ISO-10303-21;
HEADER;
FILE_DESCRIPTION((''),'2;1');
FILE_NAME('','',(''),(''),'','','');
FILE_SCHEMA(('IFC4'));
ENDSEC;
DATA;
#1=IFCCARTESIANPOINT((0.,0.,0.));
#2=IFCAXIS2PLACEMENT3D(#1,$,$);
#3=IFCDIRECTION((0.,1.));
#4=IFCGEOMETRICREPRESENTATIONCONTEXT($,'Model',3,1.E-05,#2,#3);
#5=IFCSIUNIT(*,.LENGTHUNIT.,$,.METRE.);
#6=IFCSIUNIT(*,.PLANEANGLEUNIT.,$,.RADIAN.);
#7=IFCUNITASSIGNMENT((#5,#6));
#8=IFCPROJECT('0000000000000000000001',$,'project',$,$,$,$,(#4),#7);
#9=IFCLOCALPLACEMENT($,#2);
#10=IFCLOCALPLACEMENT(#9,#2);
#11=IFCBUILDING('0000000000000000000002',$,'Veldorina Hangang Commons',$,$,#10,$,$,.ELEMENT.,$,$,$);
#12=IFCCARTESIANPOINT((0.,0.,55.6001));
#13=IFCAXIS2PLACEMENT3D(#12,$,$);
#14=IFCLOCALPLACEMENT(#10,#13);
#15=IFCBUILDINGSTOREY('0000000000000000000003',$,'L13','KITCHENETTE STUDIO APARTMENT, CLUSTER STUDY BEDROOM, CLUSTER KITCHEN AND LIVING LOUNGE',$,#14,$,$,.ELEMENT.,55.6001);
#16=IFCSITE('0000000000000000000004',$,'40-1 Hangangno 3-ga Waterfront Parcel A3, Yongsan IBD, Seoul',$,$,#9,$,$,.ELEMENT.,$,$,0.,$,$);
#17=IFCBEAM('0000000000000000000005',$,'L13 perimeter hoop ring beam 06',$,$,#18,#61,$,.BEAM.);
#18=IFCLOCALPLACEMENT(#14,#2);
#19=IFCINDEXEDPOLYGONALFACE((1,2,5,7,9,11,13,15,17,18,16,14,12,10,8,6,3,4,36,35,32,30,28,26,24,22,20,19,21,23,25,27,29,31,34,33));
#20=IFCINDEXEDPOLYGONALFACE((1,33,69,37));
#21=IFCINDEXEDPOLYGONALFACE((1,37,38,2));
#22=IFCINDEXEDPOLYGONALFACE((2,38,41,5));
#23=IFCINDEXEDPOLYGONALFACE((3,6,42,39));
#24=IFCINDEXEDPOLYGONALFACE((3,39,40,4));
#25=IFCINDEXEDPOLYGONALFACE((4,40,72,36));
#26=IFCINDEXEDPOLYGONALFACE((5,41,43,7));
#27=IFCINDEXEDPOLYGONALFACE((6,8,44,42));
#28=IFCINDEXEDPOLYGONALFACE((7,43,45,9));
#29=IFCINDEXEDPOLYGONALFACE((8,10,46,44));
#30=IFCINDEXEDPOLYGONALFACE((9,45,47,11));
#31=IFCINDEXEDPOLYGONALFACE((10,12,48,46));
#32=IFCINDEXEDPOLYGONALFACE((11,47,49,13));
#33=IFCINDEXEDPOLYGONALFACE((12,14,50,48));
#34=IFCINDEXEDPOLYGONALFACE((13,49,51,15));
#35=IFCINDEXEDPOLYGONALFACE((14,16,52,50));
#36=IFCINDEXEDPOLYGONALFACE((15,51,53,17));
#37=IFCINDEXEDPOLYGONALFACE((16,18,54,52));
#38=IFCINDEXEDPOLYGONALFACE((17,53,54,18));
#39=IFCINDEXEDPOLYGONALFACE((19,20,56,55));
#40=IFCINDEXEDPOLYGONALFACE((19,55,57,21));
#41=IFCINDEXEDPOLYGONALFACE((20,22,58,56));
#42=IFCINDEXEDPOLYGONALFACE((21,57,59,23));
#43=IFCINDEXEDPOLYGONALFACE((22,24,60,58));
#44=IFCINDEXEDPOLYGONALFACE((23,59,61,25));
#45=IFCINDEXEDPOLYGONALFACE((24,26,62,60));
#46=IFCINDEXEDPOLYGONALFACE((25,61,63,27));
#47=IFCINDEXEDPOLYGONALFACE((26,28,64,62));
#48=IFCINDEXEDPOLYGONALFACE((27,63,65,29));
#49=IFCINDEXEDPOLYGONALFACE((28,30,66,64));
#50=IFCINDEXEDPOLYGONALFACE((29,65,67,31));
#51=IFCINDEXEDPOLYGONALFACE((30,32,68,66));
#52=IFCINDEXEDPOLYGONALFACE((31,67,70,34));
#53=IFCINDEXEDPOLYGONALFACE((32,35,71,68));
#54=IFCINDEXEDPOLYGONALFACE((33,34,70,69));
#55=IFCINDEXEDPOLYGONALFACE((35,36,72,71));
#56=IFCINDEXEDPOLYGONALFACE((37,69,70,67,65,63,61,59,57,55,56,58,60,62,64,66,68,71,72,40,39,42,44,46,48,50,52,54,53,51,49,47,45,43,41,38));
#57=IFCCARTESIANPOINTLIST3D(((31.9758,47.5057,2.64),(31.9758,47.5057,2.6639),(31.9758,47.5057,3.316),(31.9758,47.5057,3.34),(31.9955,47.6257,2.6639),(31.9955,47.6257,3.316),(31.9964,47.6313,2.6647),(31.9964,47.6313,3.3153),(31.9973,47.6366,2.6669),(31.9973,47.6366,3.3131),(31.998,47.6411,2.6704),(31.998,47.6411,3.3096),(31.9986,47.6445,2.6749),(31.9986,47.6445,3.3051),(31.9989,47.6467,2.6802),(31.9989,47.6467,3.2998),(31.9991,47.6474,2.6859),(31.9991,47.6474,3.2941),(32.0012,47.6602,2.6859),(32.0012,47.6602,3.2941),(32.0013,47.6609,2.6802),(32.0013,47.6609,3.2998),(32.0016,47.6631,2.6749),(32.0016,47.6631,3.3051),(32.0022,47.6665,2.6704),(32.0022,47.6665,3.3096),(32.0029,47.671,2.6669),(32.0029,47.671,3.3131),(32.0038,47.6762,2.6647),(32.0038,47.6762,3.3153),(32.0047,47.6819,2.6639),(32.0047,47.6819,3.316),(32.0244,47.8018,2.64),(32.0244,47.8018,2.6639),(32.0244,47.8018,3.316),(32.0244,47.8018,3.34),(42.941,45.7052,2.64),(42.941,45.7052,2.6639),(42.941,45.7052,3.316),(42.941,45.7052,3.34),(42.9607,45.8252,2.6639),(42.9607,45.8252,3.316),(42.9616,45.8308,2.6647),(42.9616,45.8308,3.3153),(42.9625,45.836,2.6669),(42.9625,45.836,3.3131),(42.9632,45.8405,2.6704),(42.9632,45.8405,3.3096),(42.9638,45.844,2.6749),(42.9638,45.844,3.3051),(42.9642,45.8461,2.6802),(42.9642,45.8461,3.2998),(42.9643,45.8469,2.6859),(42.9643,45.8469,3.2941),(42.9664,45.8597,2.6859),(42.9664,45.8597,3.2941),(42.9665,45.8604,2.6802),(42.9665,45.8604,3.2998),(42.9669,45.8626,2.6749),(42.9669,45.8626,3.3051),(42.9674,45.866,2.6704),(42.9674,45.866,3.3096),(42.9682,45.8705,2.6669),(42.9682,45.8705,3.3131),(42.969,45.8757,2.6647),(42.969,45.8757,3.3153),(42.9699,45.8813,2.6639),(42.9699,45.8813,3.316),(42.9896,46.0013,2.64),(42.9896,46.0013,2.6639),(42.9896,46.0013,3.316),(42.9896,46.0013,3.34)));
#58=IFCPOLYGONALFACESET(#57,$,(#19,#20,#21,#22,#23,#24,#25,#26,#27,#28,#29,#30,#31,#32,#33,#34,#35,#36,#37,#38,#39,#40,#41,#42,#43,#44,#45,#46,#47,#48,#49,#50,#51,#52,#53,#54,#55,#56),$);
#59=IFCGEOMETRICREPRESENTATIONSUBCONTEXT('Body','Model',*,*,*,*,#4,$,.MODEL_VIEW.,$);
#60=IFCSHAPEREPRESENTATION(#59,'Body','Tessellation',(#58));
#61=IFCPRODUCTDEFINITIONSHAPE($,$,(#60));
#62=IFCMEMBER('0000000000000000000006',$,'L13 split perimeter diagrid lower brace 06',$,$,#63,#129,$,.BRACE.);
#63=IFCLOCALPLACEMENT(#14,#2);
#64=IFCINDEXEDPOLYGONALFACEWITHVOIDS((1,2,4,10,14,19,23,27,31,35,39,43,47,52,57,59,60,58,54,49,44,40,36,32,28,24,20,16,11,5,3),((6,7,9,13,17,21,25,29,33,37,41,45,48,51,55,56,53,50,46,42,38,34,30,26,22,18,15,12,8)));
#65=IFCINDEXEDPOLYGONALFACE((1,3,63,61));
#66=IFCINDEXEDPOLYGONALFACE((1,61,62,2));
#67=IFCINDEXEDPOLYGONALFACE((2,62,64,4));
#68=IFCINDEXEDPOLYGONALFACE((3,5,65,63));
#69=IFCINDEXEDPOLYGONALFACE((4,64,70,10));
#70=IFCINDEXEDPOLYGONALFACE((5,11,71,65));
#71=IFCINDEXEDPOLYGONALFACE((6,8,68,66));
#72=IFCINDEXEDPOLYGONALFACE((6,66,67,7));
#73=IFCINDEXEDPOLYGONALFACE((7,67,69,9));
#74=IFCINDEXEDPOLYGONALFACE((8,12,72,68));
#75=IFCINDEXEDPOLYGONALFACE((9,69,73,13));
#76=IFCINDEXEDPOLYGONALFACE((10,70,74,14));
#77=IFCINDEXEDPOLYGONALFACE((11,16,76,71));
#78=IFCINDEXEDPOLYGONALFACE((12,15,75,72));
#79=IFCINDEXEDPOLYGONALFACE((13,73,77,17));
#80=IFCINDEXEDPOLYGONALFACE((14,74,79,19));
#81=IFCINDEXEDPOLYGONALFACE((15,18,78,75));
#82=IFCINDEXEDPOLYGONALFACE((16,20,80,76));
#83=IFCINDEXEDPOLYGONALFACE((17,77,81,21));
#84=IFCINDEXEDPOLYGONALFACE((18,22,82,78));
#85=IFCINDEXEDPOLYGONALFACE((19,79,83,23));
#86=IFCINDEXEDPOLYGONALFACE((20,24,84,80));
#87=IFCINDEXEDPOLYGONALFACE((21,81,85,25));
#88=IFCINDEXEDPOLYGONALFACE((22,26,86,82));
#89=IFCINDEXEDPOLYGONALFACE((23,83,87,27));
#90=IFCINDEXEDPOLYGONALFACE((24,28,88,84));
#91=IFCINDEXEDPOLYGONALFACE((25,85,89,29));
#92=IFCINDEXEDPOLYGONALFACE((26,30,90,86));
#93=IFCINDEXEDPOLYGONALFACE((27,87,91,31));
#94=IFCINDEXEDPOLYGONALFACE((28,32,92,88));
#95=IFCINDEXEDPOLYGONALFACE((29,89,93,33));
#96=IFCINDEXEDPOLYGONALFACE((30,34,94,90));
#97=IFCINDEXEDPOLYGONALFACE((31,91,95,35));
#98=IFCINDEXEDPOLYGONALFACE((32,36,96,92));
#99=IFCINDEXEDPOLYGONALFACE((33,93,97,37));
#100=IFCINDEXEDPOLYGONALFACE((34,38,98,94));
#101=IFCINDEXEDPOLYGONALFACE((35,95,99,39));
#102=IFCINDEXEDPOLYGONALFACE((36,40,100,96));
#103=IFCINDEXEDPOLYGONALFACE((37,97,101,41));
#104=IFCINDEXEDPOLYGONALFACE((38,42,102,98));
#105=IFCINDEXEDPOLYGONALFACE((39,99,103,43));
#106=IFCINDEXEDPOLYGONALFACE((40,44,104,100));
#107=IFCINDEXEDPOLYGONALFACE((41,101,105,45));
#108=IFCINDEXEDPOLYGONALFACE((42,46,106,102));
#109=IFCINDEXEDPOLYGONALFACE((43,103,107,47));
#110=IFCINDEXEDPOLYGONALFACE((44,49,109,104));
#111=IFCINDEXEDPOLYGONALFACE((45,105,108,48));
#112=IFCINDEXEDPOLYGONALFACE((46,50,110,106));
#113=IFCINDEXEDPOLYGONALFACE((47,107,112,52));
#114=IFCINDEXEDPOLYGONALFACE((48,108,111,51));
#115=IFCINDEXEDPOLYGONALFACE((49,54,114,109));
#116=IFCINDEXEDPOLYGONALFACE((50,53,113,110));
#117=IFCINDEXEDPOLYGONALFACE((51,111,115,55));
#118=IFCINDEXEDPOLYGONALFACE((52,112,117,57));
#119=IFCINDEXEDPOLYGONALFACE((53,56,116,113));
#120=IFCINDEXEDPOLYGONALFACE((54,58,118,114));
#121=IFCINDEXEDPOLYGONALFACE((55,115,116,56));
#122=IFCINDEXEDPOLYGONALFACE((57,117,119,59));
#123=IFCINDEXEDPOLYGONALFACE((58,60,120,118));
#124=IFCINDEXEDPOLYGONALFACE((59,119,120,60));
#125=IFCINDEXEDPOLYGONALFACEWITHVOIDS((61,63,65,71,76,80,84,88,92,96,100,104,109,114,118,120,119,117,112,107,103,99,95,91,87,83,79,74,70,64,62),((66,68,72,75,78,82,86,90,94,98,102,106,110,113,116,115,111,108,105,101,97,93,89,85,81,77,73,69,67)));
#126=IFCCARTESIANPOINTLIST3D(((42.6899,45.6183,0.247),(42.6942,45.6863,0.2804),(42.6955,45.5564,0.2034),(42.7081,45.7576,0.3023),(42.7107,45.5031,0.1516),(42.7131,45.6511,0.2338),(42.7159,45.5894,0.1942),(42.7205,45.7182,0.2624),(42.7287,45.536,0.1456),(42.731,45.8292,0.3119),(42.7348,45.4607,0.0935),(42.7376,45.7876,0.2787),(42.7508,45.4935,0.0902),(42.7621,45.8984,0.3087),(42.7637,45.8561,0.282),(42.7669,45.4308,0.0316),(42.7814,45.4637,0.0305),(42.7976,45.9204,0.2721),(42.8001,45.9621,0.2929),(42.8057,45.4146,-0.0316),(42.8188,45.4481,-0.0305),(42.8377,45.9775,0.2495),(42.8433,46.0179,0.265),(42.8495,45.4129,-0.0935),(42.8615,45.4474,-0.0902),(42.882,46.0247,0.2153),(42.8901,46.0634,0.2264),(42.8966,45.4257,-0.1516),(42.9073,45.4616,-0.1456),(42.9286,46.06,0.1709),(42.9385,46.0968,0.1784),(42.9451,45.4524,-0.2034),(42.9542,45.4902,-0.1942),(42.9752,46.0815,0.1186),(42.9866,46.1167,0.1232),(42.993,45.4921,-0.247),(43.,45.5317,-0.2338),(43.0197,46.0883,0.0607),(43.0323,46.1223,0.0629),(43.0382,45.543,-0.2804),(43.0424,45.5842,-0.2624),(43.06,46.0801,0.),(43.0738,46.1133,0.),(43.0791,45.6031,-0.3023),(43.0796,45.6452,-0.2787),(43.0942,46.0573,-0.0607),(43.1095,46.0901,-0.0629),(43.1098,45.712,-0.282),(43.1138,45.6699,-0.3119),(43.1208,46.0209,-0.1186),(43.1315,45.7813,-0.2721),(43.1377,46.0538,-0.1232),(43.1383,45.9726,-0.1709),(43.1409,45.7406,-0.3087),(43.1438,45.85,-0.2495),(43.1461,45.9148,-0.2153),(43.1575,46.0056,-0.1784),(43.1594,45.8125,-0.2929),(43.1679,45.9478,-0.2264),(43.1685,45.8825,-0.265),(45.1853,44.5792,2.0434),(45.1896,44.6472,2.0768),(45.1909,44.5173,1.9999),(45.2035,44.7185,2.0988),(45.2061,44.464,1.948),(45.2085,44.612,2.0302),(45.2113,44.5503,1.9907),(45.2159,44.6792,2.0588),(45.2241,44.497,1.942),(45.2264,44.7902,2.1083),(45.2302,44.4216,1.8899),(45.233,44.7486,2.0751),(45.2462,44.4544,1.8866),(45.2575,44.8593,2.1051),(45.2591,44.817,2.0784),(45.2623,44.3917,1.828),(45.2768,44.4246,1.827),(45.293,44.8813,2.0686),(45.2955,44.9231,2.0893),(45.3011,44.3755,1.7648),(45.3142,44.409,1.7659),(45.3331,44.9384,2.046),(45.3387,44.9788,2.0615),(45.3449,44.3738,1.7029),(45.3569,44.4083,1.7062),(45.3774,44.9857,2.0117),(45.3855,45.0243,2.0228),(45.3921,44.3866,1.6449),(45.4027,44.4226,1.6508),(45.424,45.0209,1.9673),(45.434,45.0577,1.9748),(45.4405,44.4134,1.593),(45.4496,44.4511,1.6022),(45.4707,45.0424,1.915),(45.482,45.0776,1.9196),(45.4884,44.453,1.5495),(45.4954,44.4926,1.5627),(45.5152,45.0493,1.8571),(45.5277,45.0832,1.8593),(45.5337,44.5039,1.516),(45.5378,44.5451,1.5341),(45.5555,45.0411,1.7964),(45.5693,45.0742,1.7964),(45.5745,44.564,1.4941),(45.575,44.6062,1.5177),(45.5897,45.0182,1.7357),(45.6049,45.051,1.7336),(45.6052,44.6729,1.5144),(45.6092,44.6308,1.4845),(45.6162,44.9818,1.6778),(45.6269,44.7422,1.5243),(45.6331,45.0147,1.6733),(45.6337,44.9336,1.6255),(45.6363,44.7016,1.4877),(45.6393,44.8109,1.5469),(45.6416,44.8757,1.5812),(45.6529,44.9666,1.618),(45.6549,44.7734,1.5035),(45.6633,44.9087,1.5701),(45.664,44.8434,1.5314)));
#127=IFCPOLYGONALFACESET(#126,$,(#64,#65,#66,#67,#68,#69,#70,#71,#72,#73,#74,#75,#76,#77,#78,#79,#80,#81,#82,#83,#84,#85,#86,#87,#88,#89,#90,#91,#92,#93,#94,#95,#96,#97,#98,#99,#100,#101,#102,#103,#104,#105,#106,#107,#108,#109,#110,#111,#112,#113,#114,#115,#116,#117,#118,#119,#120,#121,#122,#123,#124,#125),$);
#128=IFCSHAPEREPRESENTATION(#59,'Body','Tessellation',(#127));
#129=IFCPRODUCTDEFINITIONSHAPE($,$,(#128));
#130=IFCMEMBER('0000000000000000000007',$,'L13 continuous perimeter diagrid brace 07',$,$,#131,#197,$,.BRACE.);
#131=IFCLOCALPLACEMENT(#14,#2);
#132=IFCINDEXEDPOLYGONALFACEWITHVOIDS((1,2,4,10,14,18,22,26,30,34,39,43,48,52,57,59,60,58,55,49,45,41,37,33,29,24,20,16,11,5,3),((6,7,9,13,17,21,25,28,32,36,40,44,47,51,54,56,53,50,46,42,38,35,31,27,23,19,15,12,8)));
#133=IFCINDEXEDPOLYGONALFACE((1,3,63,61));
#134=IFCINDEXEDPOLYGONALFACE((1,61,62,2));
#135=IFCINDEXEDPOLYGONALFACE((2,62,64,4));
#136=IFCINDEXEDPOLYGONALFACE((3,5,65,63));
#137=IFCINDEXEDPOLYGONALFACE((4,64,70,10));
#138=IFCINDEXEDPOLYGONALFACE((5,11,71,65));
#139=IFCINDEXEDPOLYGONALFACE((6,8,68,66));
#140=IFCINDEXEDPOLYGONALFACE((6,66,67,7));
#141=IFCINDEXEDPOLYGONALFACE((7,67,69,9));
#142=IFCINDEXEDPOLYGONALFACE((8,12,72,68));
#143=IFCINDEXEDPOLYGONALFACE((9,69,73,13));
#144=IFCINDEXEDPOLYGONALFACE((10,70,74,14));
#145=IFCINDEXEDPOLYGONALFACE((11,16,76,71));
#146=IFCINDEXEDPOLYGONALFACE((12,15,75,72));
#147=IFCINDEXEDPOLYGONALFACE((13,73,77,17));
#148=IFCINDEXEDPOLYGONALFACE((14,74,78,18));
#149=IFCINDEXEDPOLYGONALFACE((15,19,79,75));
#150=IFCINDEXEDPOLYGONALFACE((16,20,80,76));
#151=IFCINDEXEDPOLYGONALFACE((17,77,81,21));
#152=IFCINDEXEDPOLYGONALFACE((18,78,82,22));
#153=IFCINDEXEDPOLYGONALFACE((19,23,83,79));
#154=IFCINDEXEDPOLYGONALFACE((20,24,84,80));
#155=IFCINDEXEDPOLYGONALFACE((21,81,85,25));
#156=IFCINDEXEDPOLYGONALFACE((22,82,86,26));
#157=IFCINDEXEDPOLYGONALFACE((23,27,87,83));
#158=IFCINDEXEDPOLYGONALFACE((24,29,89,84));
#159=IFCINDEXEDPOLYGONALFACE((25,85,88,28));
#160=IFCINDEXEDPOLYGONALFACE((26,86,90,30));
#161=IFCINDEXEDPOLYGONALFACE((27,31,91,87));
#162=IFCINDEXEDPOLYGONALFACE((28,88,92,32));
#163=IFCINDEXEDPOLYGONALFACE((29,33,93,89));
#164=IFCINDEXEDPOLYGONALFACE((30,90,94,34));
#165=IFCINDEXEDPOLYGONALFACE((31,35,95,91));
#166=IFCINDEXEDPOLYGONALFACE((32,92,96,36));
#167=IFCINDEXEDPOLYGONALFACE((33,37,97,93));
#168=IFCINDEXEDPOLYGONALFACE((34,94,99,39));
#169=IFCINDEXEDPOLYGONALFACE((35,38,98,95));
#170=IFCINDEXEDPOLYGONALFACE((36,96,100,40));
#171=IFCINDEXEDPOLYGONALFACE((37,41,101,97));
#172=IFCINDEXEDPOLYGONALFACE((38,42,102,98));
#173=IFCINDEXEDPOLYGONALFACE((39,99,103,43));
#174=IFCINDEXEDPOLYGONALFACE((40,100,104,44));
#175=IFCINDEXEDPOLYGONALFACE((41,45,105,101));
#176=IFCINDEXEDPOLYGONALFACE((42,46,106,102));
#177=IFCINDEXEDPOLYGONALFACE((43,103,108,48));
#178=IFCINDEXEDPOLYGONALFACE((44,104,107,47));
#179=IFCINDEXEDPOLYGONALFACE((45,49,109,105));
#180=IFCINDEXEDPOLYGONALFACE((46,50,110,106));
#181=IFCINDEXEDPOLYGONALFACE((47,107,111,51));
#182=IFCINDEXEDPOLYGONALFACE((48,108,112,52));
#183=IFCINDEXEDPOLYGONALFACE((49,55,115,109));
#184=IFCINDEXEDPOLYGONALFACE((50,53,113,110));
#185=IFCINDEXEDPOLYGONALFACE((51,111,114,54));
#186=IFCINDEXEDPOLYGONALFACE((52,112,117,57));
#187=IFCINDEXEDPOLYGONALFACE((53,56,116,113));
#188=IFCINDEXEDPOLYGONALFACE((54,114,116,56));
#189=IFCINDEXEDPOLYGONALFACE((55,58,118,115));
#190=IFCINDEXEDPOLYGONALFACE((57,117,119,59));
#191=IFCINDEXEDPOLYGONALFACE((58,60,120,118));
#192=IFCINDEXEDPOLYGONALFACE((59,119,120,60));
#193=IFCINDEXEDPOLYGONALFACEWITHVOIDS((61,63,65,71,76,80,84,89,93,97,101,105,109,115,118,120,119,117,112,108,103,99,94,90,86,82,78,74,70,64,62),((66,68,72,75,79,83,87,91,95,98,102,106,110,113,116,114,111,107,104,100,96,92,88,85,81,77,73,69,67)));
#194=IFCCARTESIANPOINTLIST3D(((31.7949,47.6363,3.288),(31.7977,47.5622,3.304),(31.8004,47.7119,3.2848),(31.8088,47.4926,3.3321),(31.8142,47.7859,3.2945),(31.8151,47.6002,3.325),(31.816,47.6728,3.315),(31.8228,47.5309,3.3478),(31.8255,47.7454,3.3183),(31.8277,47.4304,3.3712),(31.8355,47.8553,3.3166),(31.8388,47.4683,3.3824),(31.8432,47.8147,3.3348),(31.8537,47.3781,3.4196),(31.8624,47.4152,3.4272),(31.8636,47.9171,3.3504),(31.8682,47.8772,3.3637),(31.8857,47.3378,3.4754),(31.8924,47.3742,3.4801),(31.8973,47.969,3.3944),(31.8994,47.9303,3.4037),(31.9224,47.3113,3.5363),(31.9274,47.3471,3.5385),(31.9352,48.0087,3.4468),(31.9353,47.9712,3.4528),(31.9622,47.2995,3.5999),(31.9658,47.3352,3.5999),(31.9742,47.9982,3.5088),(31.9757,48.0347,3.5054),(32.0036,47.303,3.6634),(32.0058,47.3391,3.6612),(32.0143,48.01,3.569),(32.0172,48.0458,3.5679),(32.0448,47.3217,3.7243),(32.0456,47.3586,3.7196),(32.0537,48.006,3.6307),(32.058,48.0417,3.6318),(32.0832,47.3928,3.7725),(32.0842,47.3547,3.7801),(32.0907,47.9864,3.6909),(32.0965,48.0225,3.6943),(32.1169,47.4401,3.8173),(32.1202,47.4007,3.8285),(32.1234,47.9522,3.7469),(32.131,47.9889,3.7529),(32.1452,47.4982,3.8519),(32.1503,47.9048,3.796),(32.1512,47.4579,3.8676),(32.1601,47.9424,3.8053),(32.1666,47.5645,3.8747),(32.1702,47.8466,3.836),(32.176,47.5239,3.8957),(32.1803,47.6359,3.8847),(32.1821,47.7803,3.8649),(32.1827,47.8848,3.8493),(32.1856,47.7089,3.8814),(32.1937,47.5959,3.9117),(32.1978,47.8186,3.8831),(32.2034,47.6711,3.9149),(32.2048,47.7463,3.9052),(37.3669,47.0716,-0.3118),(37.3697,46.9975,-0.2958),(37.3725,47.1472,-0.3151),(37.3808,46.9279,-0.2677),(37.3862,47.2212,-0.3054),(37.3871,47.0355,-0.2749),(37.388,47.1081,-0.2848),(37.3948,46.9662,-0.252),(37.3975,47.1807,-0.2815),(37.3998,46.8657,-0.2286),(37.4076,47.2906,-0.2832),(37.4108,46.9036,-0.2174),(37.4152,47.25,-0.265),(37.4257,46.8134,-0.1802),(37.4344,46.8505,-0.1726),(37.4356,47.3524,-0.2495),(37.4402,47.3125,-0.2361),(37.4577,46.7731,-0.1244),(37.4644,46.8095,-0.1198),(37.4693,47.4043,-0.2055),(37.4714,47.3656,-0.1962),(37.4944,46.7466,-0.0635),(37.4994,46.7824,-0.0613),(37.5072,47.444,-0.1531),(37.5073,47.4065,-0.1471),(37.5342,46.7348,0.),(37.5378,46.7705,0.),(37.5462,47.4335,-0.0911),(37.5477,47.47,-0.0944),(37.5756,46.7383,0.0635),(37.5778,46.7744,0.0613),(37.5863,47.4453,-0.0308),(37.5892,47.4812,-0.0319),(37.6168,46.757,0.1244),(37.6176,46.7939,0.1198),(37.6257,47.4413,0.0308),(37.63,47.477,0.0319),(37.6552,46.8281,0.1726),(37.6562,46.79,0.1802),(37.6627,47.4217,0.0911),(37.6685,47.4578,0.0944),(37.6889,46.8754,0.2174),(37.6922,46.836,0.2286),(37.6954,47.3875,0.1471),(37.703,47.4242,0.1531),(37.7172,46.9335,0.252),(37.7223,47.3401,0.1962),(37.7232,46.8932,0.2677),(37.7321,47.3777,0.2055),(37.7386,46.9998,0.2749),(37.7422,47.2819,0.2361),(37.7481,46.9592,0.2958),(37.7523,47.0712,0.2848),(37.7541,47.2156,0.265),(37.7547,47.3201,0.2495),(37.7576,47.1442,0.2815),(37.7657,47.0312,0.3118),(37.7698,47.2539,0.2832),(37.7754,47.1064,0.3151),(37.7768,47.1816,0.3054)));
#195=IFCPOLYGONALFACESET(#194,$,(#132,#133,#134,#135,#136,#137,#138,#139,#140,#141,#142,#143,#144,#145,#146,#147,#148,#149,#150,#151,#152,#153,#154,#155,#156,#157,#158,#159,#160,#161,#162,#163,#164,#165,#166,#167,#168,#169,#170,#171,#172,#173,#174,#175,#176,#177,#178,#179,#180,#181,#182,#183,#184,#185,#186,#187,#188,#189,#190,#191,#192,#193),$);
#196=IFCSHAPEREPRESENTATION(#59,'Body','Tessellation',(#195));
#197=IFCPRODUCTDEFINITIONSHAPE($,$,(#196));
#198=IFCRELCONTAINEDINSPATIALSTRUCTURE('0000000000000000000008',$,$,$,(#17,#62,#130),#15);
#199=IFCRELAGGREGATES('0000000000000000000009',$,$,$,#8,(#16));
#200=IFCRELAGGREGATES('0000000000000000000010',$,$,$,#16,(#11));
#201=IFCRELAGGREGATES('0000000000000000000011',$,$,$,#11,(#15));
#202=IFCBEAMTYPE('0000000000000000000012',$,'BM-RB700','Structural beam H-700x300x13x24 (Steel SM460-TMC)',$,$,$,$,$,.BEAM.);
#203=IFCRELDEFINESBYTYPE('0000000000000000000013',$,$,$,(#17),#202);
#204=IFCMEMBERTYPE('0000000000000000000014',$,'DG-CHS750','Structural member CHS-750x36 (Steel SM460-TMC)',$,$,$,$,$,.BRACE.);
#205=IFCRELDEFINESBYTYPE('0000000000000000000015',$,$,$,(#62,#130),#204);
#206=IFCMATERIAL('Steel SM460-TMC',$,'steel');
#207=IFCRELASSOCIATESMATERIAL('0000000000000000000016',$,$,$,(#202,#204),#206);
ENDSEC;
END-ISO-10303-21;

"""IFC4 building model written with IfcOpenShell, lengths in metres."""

from ifc_helpers import new_model, si_unit, direction, frame, origin, origin_2d, place, context, subcontext, project, spatial, hollow_circle, i_section, extrude, material, material_profile, profile_set, type_object, element, save


model = new_model("IFC4")

# Units and contexts
model_context = context("Model", 3, precision=1e-05, world=origin(), true_north=direction((0.0, 1.0)))
body_context = subcontext(model_context, "Body", "Model", "MODEL_VIEW")
ifc_project = project(units=[si_unit("LENGTHUNIT", "METRE"), si_unit("PLANEANGLEUNIT", "RADIAN")], contexts=[model_context])

# Site, building, storey
site_placement = place(None, origin())
site = spatial("IfcSite", under=ifc_project, at=site_placement, Name="40-1 Hangangno 3-ga Waterfront Parcel A3, Yongsan IBD, Seoul", CompositionType="ELEMENT", RefElevation=0.0)
building_placement = place(site_placement, origin())
building = spatial("IfcBuilding", under=site, at=building_placement, Name="Veldorina Hangang Commons", CompositionType="ELEMENT")
storey_placement = place(building_placement, frame((0.0, 0.0, 55.6001)))
storey = spatial("IfcBuildingStorey", under=building, at=storey_placement, Name="L13", Description="KITCHENETTE STUDIO APARTMENT, CLUSTER STUDY BEDROOM, CLUSTER KITCHEN AND LIVING LOUNGE", CompositionType="ELEMENT", Elevation=55.6001)

# Beam
ifc_material_1 = material(Name="Steel SM460-TMC", Category="steel")
ifc_material_profile_1 = material_profile(ifc_material_1, i_section(OverallWidth=0.3, OverallDepth=0.7, WebThickness=0.0129, FlangeThickness=0.0239, FilletRadius=0.022, at=origin_2d()), Name="H-700x300x13x24")
ifc_profile_set_1 = profile_set([ifc_material_profile_1], Name="Steel SM460-TMC")
beam_type = type_object("IfcBeamType", Name="BM-RB700", Description="Structural beam H-700x300x13x24 (Steel SM460-TMC)", PredefinedType="BEAM", material=ifc_profile_set_1)
beam_placement = place(storey_placement, frame((42.9653, 45.8533, 2.99), z_axis=(-0.986785, 0.162033, 0.0), x_axis=(-0.162033, -0.986785, 0.0)))
element("IfcBeam", 1, at=beam_placement, inside=storey, type_object=beam_type, Name="L13 perimeter hoop ring beam 06", PredefinedType="BEAM", context=body_context, shape_type="SweptSolid", body=[
    extrude(i_section(OverallWidth=0.3, OverallDepth=0.7, WebThickness=0.0129, FlangeThickness=0.0239, FilletRadius=0.022, at=origin_2d()), origin(), (0.0, 0.0, 1.0), 11.1121),
])

# Members
ifc_material_profile_2 = material_profile(ifc_material_1, hollow_circle(Radius=0.375, WallThickness=0.0359, at=origin_2d()), Name="CHS-750x36")
ifc_profile_set_2 = profile_set([ifc_material_profile_2], Name="Steel SM460-TMC")
member_type = type_object("IfcMemberType", Name="DG-CHS750", Description="Structural member CHS-750x36 (Steel SM460-TMC)", PredefinedType="BRACE", material=ifc_profile_set_2)
member_1_placement = place(storey_placement, frame((42.9297, 45.7671, 0.0), z_axis=(0.76886, -0.320152, 0.553495), x_axis=(0.384404, 0.923165, 0.0)))
element("IfcMember", 2, at=member_1_placement, inside=storey, type_object=member_type, Name="L13 split perimeter diagrid lower brace 06", PredefinedType="BRACE", context=body_context, shape_type="SweptSolid", body=[
    extrude(hollow_circle(Radius=0.375, WallThickness=0.0359, at=origin_2d()), origin(), (0.0, 0.0, 1.0), 3.2456),
])
member_2_placement = place(storey_placement, frame((37.572, 47.1079, 0.0), z_axis=(-0.836926, 0.084818, 0.540704), x_axis=(-0.100829, -0.994904, 0.0)))
element("IfcMember", 3, at=member_2_placement, inside=storey, type_object=member_type, Name="L13 continuous perimeter diagrid brace 07", PredefinedType="BRACE", context=body_context, shape_type="SweptSolid", body=[
    extrude(hollow_circle(Radius=0.375, WallThickness=0.0359, at=origin_2d()), origin(), (0.0, 0.0, 1.0), 6.6577),
])

save(model, "model.ifc")
